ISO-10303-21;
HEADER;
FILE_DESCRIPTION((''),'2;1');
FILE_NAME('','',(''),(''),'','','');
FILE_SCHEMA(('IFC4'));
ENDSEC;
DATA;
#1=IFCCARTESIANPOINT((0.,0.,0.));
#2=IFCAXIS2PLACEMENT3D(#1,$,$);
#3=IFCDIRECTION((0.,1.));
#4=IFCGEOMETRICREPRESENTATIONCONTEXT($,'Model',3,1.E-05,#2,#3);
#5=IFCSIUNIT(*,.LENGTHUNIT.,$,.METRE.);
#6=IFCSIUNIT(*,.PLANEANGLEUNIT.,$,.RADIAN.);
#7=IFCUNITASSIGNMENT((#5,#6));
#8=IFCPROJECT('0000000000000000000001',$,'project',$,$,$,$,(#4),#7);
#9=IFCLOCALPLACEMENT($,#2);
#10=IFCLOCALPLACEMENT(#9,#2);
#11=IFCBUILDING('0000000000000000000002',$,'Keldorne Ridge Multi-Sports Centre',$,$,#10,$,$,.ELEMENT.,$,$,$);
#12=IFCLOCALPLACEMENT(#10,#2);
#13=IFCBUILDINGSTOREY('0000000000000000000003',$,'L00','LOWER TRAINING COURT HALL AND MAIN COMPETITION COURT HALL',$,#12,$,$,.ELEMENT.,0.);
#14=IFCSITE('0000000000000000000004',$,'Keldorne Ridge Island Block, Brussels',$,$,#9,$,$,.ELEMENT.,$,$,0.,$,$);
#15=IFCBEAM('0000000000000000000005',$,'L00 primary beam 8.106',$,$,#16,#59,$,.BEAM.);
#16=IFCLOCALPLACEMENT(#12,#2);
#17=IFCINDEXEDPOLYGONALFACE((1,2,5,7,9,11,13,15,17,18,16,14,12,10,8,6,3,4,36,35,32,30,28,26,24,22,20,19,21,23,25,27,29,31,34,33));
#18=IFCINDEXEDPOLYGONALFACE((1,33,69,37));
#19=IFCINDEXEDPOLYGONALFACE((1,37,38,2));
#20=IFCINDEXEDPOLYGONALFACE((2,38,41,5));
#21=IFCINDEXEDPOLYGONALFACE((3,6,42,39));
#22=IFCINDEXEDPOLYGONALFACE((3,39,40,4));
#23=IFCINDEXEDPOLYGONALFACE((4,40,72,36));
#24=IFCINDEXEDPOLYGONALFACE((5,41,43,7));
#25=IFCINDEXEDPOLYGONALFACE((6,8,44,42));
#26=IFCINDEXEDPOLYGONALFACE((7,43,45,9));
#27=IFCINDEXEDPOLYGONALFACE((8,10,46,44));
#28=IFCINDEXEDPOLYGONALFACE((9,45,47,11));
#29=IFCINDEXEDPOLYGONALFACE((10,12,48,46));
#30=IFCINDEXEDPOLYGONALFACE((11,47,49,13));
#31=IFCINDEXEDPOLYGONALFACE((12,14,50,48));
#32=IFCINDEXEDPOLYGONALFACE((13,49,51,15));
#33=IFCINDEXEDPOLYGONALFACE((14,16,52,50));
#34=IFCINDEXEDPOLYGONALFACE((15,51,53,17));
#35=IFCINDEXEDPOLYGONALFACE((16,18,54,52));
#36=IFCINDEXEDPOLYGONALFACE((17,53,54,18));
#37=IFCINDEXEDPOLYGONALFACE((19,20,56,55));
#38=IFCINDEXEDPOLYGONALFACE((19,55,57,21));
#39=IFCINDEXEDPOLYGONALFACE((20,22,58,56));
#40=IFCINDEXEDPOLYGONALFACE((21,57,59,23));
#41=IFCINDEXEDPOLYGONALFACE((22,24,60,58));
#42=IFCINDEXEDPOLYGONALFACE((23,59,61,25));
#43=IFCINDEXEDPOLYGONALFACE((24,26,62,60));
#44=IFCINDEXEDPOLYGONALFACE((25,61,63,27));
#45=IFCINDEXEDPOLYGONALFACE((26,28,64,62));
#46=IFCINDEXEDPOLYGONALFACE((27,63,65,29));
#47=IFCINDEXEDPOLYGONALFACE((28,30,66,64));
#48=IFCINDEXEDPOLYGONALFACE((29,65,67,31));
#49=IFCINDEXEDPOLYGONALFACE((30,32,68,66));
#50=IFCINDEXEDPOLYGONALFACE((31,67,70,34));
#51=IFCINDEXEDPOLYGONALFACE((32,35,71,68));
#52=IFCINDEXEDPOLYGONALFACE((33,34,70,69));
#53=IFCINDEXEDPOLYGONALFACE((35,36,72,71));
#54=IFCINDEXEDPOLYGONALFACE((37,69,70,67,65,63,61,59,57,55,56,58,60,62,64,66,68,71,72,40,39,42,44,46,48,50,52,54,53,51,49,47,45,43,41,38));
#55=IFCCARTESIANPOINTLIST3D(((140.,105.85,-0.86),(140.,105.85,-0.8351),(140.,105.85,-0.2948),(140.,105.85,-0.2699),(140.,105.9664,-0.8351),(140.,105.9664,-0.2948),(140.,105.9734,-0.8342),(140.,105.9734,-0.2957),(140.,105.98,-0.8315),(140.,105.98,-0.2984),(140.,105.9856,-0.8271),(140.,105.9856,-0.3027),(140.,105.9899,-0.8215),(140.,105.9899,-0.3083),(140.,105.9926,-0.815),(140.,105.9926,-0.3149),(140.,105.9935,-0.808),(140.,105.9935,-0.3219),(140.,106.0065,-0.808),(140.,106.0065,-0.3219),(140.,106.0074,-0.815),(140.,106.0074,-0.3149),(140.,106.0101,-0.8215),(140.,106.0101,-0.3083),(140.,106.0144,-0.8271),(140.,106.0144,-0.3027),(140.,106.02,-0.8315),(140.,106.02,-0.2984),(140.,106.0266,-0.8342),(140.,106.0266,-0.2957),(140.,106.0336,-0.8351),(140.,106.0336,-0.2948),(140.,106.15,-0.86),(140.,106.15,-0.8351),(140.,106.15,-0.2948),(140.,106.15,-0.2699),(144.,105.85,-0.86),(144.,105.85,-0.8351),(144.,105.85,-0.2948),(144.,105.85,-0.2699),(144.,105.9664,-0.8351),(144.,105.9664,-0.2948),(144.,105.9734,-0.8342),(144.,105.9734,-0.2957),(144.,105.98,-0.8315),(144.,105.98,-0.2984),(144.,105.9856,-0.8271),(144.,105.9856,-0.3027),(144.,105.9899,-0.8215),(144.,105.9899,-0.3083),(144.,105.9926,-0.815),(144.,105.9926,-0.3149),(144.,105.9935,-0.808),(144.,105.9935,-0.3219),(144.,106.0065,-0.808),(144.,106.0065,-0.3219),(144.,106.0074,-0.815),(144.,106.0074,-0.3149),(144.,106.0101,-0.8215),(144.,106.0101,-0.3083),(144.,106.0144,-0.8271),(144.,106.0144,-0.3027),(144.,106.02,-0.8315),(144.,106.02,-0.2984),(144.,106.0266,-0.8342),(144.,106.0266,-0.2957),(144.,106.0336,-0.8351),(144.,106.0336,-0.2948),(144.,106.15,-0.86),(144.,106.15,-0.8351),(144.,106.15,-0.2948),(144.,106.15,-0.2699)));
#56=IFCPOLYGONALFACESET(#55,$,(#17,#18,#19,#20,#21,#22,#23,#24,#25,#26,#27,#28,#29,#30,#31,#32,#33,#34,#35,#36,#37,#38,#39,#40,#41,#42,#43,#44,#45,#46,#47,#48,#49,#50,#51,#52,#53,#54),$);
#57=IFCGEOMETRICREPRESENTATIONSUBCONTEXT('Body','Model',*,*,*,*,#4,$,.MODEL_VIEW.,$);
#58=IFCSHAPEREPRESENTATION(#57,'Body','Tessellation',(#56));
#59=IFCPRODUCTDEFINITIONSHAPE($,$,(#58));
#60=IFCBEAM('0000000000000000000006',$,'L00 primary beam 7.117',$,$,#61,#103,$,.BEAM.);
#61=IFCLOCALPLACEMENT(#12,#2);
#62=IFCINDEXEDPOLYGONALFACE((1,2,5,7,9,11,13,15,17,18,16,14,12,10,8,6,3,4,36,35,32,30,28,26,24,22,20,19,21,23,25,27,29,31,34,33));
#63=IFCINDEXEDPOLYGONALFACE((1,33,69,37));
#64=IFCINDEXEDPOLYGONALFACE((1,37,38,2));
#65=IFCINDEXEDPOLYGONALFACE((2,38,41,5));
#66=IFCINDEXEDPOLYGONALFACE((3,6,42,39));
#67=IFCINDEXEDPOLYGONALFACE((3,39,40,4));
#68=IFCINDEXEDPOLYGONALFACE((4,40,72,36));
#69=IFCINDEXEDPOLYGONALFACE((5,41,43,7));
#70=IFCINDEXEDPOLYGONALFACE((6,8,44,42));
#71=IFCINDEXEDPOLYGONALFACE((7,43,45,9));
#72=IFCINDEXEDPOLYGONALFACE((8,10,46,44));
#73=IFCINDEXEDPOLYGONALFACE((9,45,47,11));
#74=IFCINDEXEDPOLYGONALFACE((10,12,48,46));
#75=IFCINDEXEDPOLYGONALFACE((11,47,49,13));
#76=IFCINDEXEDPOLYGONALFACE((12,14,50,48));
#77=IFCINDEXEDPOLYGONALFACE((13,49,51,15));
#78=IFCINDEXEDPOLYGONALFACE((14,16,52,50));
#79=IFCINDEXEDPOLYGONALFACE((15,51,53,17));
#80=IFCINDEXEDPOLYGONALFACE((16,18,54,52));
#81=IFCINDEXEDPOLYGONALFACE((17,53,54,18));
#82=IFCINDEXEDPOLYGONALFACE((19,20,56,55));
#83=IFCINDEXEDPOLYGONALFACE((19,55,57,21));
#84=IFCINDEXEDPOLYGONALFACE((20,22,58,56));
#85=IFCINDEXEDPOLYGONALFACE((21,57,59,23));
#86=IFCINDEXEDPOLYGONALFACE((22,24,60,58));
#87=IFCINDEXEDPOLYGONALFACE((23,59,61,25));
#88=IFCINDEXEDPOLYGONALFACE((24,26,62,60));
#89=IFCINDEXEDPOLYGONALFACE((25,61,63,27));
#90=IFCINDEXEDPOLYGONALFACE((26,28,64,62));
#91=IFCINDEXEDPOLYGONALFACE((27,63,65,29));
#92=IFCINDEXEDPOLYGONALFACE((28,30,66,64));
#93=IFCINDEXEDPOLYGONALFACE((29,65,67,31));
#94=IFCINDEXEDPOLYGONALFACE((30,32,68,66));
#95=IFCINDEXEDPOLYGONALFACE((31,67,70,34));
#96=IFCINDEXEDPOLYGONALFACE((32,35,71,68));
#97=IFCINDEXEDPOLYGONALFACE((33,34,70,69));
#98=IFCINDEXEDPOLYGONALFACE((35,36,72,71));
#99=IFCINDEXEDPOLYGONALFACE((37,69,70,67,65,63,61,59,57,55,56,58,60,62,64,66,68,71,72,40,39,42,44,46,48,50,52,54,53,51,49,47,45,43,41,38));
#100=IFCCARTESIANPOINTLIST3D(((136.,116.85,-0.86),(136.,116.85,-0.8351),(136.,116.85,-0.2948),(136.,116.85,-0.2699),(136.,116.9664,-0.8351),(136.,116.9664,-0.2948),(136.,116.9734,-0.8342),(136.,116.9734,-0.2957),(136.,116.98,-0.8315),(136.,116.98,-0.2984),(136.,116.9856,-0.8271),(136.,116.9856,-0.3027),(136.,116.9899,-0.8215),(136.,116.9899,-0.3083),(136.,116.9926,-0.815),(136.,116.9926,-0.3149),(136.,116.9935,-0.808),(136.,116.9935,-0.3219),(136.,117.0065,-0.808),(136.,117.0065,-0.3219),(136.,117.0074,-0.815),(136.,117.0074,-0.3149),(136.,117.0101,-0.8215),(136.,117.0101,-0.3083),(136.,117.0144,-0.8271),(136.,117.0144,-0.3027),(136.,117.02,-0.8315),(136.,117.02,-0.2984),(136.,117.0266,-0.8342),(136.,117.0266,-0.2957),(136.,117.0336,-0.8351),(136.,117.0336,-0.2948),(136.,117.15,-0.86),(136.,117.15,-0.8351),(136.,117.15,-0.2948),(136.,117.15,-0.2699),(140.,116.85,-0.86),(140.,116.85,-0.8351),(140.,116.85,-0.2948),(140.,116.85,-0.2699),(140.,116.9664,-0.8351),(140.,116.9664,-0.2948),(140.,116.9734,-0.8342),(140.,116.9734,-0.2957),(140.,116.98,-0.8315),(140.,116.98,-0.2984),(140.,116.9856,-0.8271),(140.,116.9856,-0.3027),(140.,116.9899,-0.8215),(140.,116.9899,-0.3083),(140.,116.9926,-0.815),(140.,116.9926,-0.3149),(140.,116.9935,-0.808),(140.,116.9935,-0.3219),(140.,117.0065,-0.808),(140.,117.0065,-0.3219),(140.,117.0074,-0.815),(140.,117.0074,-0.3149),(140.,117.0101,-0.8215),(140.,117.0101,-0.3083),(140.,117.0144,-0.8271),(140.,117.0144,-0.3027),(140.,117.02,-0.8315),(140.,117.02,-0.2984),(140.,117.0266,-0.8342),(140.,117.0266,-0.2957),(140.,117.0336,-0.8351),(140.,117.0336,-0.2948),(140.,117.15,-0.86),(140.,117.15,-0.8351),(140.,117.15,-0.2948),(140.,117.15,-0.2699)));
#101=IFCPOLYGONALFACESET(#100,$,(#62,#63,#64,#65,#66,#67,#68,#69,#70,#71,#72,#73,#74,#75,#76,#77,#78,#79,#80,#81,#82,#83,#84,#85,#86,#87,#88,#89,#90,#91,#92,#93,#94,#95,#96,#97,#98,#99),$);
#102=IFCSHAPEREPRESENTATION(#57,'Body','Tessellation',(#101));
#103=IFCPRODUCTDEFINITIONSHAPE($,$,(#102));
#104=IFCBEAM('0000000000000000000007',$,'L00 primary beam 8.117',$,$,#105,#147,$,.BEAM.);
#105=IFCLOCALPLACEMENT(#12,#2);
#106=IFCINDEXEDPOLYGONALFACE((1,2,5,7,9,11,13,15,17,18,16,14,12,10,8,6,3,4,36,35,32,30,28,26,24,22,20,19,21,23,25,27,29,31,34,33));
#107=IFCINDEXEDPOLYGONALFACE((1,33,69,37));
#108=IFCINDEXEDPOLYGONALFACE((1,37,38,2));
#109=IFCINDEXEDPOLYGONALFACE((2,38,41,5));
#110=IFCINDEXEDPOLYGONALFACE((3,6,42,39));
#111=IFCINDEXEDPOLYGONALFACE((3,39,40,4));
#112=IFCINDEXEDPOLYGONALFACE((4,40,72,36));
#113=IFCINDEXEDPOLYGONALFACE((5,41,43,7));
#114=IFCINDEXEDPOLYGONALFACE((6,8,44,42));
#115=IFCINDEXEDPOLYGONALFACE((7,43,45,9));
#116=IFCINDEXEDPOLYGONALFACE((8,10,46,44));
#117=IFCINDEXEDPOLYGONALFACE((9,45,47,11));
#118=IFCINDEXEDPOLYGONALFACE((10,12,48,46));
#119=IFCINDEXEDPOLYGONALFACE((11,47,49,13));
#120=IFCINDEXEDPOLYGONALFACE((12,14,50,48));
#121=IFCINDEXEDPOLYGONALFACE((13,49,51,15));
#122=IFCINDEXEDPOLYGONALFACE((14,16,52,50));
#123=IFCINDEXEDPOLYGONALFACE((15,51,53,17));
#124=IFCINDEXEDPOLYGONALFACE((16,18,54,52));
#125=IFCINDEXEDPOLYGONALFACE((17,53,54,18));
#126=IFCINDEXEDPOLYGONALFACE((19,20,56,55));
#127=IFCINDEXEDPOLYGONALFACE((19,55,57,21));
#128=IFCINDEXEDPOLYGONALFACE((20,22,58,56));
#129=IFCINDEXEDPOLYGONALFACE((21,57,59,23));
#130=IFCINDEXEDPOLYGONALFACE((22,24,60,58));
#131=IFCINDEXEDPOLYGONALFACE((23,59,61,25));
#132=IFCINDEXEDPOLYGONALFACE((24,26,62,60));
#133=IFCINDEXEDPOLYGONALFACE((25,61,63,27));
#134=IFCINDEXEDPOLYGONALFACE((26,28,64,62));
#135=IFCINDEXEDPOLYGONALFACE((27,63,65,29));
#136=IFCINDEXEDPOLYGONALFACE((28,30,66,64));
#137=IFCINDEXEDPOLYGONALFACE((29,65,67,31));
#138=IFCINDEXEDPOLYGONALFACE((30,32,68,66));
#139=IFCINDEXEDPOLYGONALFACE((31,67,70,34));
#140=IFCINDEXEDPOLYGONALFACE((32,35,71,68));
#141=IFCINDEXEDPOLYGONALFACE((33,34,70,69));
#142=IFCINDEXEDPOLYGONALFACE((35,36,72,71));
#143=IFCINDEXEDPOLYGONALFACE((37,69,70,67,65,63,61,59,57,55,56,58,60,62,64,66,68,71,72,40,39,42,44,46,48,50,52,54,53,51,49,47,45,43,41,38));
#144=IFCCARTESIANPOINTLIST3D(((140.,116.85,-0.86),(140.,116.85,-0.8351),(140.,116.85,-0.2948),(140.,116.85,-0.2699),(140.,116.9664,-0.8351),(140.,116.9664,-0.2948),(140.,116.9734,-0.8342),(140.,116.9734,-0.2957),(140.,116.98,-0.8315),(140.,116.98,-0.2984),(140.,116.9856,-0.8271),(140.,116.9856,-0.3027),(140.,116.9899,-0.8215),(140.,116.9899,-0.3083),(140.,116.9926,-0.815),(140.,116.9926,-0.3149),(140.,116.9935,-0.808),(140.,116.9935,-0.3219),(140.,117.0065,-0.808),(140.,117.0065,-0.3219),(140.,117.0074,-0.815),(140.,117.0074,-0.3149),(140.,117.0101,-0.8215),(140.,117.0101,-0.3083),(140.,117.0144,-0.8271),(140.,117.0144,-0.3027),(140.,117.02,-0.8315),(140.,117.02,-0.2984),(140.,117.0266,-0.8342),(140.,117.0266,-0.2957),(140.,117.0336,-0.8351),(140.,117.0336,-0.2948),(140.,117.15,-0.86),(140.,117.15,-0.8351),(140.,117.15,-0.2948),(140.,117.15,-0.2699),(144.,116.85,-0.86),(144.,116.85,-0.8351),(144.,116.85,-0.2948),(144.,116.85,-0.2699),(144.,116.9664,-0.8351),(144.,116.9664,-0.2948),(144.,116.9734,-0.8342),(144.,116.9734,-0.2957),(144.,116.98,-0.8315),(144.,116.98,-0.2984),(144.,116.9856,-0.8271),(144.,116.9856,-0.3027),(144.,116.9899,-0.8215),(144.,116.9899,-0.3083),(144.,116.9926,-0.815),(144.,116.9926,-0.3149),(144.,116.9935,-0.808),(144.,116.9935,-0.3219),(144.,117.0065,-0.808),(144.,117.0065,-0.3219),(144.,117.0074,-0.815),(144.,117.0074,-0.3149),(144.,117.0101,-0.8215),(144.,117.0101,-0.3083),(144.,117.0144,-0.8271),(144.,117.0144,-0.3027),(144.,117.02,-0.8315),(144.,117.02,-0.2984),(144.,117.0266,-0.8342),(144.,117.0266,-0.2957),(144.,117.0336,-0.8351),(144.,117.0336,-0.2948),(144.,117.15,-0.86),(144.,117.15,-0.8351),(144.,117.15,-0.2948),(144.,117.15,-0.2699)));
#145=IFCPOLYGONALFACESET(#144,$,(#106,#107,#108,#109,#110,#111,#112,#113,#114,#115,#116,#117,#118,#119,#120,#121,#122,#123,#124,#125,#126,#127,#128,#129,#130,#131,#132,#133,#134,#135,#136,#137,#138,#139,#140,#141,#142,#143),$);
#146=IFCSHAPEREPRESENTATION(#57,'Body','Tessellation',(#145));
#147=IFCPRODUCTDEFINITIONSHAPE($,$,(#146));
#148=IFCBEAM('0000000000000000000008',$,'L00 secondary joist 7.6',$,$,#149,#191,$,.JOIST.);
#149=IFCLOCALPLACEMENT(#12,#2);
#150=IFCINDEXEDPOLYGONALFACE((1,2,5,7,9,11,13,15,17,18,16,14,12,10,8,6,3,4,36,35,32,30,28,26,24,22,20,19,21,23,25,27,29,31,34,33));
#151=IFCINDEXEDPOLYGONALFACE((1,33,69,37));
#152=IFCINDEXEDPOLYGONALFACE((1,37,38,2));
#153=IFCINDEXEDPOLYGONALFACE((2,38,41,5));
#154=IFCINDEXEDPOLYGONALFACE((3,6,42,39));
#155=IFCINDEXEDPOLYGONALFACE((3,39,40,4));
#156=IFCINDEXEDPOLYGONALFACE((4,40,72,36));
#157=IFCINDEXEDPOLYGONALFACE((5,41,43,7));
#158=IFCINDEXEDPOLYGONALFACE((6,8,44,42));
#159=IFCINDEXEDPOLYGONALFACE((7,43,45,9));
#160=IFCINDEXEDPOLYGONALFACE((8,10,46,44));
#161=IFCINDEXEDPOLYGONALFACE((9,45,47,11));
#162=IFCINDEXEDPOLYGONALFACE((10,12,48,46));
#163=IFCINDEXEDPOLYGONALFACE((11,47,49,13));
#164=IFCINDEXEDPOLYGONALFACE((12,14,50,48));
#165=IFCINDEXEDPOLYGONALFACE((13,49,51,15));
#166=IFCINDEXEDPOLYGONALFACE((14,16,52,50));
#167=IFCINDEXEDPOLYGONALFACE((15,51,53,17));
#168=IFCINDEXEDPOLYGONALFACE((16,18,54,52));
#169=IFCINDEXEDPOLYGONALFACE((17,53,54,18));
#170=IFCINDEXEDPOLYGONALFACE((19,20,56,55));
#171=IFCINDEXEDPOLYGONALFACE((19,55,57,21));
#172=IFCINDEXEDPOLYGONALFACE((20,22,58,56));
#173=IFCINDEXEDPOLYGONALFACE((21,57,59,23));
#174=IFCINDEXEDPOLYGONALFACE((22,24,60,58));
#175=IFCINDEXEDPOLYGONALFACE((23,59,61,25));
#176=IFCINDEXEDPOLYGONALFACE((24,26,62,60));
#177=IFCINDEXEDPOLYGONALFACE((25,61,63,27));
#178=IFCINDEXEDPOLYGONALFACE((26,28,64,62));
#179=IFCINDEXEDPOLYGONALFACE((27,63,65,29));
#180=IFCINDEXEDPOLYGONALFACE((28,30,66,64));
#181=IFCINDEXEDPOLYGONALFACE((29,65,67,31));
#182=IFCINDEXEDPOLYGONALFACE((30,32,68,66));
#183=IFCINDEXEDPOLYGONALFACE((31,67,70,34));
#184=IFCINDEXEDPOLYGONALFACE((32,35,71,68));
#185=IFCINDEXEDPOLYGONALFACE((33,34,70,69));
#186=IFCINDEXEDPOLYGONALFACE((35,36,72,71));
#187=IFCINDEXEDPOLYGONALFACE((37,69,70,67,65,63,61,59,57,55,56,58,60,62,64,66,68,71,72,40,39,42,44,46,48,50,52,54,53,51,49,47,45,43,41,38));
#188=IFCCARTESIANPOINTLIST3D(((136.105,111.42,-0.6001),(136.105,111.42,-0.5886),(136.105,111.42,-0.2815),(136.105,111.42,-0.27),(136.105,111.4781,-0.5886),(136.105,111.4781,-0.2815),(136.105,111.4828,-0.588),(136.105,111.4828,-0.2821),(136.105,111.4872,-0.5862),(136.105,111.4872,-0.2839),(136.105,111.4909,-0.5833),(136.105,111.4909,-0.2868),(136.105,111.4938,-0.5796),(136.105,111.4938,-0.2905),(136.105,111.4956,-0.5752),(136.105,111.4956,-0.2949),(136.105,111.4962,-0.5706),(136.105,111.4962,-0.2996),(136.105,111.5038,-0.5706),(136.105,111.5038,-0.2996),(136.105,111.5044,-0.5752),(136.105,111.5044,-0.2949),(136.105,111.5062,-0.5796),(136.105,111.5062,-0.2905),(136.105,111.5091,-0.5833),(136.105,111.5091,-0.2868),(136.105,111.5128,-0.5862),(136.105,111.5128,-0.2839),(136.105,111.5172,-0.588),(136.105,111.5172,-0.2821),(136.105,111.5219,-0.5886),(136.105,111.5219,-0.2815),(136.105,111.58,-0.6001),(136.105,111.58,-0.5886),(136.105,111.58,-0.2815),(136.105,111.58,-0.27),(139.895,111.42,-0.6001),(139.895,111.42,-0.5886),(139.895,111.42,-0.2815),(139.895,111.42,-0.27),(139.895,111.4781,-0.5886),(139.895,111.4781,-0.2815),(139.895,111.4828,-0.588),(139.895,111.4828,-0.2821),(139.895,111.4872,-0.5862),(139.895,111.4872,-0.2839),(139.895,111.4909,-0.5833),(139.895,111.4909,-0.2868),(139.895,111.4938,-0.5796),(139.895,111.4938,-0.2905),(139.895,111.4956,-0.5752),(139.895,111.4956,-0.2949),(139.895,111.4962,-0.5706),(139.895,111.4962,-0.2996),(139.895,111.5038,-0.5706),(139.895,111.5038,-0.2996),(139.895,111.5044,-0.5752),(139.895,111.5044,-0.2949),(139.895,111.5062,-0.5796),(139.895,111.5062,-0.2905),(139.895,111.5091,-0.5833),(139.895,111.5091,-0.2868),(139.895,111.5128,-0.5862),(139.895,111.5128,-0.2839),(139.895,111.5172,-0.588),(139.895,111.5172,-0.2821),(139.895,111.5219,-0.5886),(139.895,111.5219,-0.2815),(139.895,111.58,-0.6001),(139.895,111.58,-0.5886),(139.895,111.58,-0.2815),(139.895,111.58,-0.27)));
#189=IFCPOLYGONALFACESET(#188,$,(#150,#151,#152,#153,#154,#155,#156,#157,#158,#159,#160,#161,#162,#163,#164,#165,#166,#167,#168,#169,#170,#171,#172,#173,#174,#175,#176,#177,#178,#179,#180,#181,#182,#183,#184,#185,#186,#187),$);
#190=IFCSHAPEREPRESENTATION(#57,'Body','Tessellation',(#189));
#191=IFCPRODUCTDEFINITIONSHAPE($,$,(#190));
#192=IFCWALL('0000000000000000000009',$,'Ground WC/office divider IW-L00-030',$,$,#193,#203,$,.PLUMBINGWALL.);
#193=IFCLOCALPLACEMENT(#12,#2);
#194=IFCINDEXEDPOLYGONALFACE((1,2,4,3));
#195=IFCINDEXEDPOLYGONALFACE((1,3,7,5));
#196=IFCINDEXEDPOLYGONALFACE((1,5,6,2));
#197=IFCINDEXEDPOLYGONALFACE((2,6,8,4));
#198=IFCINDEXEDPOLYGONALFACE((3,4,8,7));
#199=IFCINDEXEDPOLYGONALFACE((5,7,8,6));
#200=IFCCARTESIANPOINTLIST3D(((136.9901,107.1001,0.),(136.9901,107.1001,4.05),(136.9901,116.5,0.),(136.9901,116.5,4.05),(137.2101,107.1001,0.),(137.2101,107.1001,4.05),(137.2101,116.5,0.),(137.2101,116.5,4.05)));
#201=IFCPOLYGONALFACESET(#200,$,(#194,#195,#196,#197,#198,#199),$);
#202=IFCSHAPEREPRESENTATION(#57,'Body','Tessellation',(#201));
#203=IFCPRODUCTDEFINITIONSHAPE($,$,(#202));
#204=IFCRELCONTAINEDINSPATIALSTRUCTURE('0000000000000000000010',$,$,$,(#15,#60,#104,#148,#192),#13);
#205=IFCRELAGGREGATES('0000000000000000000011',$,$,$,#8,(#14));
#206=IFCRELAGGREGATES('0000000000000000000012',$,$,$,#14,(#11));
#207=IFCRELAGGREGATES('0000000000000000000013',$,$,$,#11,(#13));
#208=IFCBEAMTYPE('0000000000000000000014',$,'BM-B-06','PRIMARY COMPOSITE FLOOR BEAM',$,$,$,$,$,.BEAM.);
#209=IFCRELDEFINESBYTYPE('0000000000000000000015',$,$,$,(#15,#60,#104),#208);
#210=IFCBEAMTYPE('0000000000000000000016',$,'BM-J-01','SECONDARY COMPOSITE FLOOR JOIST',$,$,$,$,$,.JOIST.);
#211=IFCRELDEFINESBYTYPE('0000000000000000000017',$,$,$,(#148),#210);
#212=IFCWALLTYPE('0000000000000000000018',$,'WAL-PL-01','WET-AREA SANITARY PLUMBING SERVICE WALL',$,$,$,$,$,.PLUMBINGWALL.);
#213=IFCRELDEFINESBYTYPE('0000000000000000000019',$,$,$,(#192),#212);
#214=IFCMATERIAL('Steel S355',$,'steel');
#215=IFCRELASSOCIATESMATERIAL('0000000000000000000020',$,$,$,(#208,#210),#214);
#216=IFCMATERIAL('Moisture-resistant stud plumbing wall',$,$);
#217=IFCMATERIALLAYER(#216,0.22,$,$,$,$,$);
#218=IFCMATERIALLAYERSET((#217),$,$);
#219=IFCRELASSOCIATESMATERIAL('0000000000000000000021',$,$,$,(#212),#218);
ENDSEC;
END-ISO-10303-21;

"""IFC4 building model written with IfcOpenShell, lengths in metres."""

from ifc_helpers import new_model, si_unit, direction, frame, frame_2d, origin, origin_2d, place, context, subcontext, project, spatial, rectangle, i_section, extrude, material, layer, layer_set, material_profile, profile_set, type_object, element, save


model = new_model("IFC4")

# Units and contexts
model_context = context("Model", 3, precision=1e-05, world=origin(), true_north=direction((0.0, 1.0)))
body_context = subcontext(model_context, "Body", "Model", "MODEL_VIEW")
ifc_project = project(units=[si_unit("LENGTHUNIT", "METRE"), si_unit("PLANEANGLEUNIT", "RADIAN")], contexts=[model_context])

# Site, building, storey
site_placement = place(None, origin())
site = spatial("IfcSite", under=ifc_project, at=site_placement, Name="Keldorne Ridge Island Block, Brussels", CompositionType="ELEMENT", RefElevation=0.0)
building_placement = place(site_placement, origin())
building = spatial("IfcBuilding", under=site, at=building_placement, Name="Keldorne Ridge Multi-Sports Centre", CompositionType="ELEMENT")
storey_placement = place(building_placement, origin())
storey = spatial("IfcBuildingStorey", under=building, at=storey_placement, Name="L00", Description="LOWER TRAINING COURT HALL AND MAIN COMPETITION COURT HALL", CompositionType="ELEMENT", Elevation=0.0)

# Shared definitions
ifc_material_1 = material(Name="Steel S355", Category="steel")

# Beams
ifc_material_profile_1 = material_profile(ifc_material_1, i_section(OverallWidth=0.3, OverallDepth=0.5901, WebThickness=0.0129, FlangeThickness=0.0249, FilletRadius=0.0271, at=origin_2d()), Name="HEA 600")
ifc_profile_set_1 = profile_set([ifc_material_profile_1], Name="Steel S355")
beam_type_1 = type_object("IfcBeamType", Name="BM-B-06", Description="PRIMARY COMPOSITE FLOOR BEAM", PredefinedType="BEAM", material=ifc_profile_set_1)
for number, where, z_axis, x_axis, name in (
    (1, (140.0, 106.0, -0.5649), (1.0, 0.0, 0.0), (0.0, 1.0, 0.0), "L00 primary beam 8.106"),
    (2, (136.0, 117.0, -0.5649), (1.0, 0.0, 0.0), (0.0, 1.0, 0.0), "L00 primary beam 7.117"),
    (3, (140.0, 117.0, -0.5649), (1.0, 0.0, 0.0), (0.0, 1.0, 0.0), "L00 primary beam 8.117"),
):
    element("IfcBeam", number, at=place(storey_placement, frame(where, z_axis=z_axis, x_axis=x_axis)), inside=storey, type_object=beam_type_1, Name=name, PredefinedType="BEAM", context=body_context, shape_type="SweptSolid", body=[
        extrude(i_section(OverallWidth=0.3, OverallDepth=0.5901, WebThickness=0.0129, FlangeThickness=0.0249, FilletRadius=0.0271, at=origin_2d()), origin(), (0.0, 0.0, 1.0), 4.0),
    ])
ifc_material_profile_2 = material_profile(ifc_material_1, i_section(OverallWidth=0.1599, OverallDepth=0.3301, WebThickness=0.0076, FlangeThickness=0.0115, FilletRadius=0.0181, at=origin_2d()), Name="IPE 330")
ifc_profile_set_2 = profile_set([ifc_material_profile_2], Name="Steel S355")
beam_type_2 = type_object("IfcBeamType", Name="BM-J-01", Description="SECONDARY COMPOSITE FLOOR JOIST", PredefinedType="JOIST", material=ifc_profile_set_2)
beam_1_placement = place(storey_placement, frame((136.105, 111.5, -0.4351), z_axis=(1.0, 0.0, 0.0), x_axis=(0.0, 1.0, 0.0)))
element("IfcBeam", 4, at=beam_1_placement, inside=storey, type_object=beam_type_2, Name="L00 secondary joist 7.6", PredefinedType="JOIST", context=body_context, shape_type="SweptSolid", body=[
    extrude(i_section(OverallWidth=0.1599, OverallDepth=0.3301, WebThickness=0.0076, FlangeThickness=0.0115, FilletRadius=0.0181, at=origin_2d()), origin(), (0.0, 0.0, 1.0), 3.79),
])

# Wall
ifc_material_2 = material(Name="Moisture-resistant stud plumbing wall")
ifc_layer_1 = layer(ifc_material_2, 0.22)
ifc_layer_set_1 = layer_set([ifc_layer_1])
wall_type_1 = type_object("IfcWallType", Name="WAL-PL-01", Description="WET-AREA SANITARY PLUMBING SERVICE WALL", PredefinedType="PLUMBINGWALL", material=ifc_layer_set_1)
wall_1_placement = place(storey_placement, frame((137.1001, 107.1001, 0.0), z_axis=(0.0, 0.0, 1.0), x_axis=(0.0, 1.0, 0.0)))
element("IfcWall", 5, at=wall_1_placement, inside=storey, type_object=wall_type_1, Name="Ground WC/office divider IW-L00-030", PredefinedType="PLUMBINGWALL", context=body_context, shape_type="SweptSolid", body=[
    extrude(rectangle(XDim=9.3999, YDim=0.22, at=frame_2d((4.7, 0.0))), origin(), (0.0, 0.0, 1.0), 4.05),
])

save(model, "model.ifc")
